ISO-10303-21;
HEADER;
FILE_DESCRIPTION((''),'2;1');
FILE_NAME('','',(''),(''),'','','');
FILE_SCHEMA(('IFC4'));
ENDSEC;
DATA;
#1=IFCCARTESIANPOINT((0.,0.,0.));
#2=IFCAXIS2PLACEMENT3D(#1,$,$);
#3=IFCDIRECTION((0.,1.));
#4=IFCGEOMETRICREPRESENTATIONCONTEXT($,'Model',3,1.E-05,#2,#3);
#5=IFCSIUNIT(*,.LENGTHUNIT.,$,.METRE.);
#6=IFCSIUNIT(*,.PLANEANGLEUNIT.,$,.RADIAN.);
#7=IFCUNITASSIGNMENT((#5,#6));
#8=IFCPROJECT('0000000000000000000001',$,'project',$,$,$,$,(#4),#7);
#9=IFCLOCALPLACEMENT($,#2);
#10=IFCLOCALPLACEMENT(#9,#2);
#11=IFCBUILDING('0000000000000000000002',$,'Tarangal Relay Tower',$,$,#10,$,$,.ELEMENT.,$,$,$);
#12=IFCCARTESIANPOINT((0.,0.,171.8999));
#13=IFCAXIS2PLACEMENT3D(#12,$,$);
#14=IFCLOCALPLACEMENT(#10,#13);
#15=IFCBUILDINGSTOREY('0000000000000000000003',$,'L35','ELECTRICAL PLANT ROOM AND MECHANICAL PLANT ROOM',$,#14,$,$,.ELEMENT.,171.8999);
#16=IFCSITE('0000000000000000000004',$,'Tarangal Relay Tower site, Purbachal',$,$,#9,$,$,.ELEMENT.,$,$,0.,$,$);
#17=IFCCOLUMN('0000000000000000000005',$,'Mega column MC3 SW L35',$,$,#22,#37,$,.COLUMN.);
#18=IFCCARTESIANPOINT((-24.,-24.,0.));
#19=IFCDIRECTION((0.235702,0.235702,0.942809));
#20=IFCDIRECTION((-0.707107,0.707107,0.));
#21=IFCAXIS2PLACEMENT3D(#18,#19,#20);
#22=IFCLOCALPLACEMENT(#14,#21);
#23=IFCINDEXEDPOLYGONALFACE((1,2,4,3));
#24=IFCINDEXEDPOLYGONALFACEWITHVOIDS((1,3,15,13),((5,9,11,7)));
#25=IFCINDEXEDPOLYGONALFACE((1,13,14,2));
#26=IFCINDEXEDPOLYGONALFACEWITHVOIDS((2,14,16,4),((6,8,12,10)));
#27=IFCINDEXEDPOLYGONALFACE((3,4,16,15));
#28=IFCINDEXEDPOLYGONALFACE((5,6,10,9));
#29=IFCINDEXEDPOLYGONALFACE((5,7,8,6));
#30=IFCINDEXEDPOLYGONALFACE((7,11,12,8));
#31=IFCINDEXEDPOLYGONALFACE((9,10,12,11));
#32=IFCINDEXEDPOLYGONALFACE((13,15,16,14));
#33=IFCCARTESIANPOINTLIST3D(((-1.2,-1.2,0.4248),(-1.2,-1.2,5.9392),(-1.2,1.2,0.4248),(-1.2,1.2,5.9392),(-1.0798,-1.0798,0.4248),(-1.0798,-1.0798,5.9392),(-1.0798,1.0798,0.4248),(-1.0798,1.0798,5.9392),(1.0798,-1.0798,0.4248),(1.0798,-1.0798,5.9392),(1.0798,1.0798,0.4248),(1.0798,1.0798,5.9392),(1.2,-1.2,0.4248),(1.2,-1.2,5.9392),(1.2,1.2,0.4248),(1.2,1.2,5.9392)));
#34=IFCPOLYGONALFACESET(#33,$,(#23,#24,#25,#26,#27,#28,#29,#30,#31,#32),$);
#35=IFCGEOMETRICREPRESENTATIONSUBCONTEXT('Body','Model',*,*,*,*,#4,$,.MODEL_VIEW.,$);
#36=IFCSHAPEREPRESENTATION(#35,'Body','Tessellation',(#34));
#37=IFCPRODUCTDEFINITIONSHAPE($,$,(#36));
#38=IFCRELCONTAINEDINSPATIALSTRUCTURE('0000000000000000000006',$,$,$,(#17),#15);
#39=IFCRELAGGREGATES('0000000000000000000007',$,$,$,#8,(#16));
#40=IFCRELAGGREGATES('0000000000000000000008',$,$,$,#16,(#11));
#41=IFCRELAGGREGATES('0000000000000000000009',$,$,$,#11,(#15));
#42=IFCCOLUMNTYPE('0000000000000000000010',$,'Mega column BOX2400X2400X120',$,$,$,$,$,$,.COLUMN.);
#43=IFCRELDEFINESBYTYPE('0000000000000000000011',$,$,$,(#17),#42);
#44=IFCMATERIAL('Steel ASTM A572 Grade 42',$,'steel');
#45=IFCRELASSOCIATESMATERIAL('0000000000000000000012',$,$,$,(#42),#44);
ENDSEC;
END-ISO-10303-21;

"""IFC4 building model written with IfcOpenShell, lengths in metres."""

from ifc_helpers import new_model, si_unit, direction, frame, origin, origin_2d, place, context, subcontext, project, spatial, hollow_rectangle, extrude, clip, halfspace, material, material_profile, profile_set, type_object, element, save


model = new_model("IFC4")

# Units and contexts
model_context = context("Model", 3, precision=1e-05, world=origin(), true_north=direction((0.0, 1.0)))
body_context = subcontext(model_context, "Body", "Model", "MODEL_VIEW")
ifc_project = project(units=[si_unit("LENGTHUNIT", "METRE"), si_unit("PLANEANGLEUNIT", "RADIAN")], contexts=[model_context])

# Site, building, storey
site_placement = place(None, origin())
site = spatial("IfcSite", under=ifc_project, at=site_placement, Name="Tarangal Relay Tower site, Purbachal", CompositionType="ELEMENT", RefElevation=0.0)
building_placement = place(site_placement, origin())
building = spatial("IfcBuilding", under=site, at=building_placement, Name="Tarangal Relay Tower", CompositionType="ELEMENT")
storey_placement = place(building_placement, frame((0.0, 0.0, 171.8999)))
storey = spatial("IfcBuildingStorey", under=building, at=storey_placement, Name="L35", Description="ELECTRICAL PLANT ROOM AND MECHANICAL PLANT ROOM", CompositionType="ELEMENT", Elevation=171.8999)

# Column
ifc_material_1 = material(Name="Steel ASTM A572 Grade 42", Category="steel")
ifc_material_profile_1 = material_profile(ifc_material_1, hollow_rectangle(XDim=2.3999, YDim=2.3999, WallThickness=0.1201, at=origin_2d()), Name="BOX2400X2400X120")
ifc_profile_set_1 = profile_set([ifc_material_profile_1], Name="Steel ASTM A572 Grade 42")
column_type = type_object("IfcColumnType", Name="Mega column BOX2400X2400X120", PredefinedType="COLUMN", material=ifc_profile_set_1)
column_placement = place(storey_placement, frame((-24.0, -24.0, 0.0), z_axis=(0.235702, 0.235702, 0.942809), x_axis=(-0.707107, 0.707107, 0.0)))
element("IfcColumn", 1, at=column_placement, inside=storey, type_object=column_type, Name="Mega column MC3 SW L35", PredefinedType="COLUMN", context=body_context, shape_type="Clipping", body=[
    clip(clip(extrude(hollow_rectangle(XDim=2.3999, YDim=2.3999, WallThickness=0.1201, at=origin_2d()), origin(), (0.0, 0.0, 1.0), 6.364), halfspace(frame((0.0, 0.0, 0.4248)), True)), halfspace(frame((0.0, 0.0, 5.9392)), False)),
])

save(model, "model.ifc")
